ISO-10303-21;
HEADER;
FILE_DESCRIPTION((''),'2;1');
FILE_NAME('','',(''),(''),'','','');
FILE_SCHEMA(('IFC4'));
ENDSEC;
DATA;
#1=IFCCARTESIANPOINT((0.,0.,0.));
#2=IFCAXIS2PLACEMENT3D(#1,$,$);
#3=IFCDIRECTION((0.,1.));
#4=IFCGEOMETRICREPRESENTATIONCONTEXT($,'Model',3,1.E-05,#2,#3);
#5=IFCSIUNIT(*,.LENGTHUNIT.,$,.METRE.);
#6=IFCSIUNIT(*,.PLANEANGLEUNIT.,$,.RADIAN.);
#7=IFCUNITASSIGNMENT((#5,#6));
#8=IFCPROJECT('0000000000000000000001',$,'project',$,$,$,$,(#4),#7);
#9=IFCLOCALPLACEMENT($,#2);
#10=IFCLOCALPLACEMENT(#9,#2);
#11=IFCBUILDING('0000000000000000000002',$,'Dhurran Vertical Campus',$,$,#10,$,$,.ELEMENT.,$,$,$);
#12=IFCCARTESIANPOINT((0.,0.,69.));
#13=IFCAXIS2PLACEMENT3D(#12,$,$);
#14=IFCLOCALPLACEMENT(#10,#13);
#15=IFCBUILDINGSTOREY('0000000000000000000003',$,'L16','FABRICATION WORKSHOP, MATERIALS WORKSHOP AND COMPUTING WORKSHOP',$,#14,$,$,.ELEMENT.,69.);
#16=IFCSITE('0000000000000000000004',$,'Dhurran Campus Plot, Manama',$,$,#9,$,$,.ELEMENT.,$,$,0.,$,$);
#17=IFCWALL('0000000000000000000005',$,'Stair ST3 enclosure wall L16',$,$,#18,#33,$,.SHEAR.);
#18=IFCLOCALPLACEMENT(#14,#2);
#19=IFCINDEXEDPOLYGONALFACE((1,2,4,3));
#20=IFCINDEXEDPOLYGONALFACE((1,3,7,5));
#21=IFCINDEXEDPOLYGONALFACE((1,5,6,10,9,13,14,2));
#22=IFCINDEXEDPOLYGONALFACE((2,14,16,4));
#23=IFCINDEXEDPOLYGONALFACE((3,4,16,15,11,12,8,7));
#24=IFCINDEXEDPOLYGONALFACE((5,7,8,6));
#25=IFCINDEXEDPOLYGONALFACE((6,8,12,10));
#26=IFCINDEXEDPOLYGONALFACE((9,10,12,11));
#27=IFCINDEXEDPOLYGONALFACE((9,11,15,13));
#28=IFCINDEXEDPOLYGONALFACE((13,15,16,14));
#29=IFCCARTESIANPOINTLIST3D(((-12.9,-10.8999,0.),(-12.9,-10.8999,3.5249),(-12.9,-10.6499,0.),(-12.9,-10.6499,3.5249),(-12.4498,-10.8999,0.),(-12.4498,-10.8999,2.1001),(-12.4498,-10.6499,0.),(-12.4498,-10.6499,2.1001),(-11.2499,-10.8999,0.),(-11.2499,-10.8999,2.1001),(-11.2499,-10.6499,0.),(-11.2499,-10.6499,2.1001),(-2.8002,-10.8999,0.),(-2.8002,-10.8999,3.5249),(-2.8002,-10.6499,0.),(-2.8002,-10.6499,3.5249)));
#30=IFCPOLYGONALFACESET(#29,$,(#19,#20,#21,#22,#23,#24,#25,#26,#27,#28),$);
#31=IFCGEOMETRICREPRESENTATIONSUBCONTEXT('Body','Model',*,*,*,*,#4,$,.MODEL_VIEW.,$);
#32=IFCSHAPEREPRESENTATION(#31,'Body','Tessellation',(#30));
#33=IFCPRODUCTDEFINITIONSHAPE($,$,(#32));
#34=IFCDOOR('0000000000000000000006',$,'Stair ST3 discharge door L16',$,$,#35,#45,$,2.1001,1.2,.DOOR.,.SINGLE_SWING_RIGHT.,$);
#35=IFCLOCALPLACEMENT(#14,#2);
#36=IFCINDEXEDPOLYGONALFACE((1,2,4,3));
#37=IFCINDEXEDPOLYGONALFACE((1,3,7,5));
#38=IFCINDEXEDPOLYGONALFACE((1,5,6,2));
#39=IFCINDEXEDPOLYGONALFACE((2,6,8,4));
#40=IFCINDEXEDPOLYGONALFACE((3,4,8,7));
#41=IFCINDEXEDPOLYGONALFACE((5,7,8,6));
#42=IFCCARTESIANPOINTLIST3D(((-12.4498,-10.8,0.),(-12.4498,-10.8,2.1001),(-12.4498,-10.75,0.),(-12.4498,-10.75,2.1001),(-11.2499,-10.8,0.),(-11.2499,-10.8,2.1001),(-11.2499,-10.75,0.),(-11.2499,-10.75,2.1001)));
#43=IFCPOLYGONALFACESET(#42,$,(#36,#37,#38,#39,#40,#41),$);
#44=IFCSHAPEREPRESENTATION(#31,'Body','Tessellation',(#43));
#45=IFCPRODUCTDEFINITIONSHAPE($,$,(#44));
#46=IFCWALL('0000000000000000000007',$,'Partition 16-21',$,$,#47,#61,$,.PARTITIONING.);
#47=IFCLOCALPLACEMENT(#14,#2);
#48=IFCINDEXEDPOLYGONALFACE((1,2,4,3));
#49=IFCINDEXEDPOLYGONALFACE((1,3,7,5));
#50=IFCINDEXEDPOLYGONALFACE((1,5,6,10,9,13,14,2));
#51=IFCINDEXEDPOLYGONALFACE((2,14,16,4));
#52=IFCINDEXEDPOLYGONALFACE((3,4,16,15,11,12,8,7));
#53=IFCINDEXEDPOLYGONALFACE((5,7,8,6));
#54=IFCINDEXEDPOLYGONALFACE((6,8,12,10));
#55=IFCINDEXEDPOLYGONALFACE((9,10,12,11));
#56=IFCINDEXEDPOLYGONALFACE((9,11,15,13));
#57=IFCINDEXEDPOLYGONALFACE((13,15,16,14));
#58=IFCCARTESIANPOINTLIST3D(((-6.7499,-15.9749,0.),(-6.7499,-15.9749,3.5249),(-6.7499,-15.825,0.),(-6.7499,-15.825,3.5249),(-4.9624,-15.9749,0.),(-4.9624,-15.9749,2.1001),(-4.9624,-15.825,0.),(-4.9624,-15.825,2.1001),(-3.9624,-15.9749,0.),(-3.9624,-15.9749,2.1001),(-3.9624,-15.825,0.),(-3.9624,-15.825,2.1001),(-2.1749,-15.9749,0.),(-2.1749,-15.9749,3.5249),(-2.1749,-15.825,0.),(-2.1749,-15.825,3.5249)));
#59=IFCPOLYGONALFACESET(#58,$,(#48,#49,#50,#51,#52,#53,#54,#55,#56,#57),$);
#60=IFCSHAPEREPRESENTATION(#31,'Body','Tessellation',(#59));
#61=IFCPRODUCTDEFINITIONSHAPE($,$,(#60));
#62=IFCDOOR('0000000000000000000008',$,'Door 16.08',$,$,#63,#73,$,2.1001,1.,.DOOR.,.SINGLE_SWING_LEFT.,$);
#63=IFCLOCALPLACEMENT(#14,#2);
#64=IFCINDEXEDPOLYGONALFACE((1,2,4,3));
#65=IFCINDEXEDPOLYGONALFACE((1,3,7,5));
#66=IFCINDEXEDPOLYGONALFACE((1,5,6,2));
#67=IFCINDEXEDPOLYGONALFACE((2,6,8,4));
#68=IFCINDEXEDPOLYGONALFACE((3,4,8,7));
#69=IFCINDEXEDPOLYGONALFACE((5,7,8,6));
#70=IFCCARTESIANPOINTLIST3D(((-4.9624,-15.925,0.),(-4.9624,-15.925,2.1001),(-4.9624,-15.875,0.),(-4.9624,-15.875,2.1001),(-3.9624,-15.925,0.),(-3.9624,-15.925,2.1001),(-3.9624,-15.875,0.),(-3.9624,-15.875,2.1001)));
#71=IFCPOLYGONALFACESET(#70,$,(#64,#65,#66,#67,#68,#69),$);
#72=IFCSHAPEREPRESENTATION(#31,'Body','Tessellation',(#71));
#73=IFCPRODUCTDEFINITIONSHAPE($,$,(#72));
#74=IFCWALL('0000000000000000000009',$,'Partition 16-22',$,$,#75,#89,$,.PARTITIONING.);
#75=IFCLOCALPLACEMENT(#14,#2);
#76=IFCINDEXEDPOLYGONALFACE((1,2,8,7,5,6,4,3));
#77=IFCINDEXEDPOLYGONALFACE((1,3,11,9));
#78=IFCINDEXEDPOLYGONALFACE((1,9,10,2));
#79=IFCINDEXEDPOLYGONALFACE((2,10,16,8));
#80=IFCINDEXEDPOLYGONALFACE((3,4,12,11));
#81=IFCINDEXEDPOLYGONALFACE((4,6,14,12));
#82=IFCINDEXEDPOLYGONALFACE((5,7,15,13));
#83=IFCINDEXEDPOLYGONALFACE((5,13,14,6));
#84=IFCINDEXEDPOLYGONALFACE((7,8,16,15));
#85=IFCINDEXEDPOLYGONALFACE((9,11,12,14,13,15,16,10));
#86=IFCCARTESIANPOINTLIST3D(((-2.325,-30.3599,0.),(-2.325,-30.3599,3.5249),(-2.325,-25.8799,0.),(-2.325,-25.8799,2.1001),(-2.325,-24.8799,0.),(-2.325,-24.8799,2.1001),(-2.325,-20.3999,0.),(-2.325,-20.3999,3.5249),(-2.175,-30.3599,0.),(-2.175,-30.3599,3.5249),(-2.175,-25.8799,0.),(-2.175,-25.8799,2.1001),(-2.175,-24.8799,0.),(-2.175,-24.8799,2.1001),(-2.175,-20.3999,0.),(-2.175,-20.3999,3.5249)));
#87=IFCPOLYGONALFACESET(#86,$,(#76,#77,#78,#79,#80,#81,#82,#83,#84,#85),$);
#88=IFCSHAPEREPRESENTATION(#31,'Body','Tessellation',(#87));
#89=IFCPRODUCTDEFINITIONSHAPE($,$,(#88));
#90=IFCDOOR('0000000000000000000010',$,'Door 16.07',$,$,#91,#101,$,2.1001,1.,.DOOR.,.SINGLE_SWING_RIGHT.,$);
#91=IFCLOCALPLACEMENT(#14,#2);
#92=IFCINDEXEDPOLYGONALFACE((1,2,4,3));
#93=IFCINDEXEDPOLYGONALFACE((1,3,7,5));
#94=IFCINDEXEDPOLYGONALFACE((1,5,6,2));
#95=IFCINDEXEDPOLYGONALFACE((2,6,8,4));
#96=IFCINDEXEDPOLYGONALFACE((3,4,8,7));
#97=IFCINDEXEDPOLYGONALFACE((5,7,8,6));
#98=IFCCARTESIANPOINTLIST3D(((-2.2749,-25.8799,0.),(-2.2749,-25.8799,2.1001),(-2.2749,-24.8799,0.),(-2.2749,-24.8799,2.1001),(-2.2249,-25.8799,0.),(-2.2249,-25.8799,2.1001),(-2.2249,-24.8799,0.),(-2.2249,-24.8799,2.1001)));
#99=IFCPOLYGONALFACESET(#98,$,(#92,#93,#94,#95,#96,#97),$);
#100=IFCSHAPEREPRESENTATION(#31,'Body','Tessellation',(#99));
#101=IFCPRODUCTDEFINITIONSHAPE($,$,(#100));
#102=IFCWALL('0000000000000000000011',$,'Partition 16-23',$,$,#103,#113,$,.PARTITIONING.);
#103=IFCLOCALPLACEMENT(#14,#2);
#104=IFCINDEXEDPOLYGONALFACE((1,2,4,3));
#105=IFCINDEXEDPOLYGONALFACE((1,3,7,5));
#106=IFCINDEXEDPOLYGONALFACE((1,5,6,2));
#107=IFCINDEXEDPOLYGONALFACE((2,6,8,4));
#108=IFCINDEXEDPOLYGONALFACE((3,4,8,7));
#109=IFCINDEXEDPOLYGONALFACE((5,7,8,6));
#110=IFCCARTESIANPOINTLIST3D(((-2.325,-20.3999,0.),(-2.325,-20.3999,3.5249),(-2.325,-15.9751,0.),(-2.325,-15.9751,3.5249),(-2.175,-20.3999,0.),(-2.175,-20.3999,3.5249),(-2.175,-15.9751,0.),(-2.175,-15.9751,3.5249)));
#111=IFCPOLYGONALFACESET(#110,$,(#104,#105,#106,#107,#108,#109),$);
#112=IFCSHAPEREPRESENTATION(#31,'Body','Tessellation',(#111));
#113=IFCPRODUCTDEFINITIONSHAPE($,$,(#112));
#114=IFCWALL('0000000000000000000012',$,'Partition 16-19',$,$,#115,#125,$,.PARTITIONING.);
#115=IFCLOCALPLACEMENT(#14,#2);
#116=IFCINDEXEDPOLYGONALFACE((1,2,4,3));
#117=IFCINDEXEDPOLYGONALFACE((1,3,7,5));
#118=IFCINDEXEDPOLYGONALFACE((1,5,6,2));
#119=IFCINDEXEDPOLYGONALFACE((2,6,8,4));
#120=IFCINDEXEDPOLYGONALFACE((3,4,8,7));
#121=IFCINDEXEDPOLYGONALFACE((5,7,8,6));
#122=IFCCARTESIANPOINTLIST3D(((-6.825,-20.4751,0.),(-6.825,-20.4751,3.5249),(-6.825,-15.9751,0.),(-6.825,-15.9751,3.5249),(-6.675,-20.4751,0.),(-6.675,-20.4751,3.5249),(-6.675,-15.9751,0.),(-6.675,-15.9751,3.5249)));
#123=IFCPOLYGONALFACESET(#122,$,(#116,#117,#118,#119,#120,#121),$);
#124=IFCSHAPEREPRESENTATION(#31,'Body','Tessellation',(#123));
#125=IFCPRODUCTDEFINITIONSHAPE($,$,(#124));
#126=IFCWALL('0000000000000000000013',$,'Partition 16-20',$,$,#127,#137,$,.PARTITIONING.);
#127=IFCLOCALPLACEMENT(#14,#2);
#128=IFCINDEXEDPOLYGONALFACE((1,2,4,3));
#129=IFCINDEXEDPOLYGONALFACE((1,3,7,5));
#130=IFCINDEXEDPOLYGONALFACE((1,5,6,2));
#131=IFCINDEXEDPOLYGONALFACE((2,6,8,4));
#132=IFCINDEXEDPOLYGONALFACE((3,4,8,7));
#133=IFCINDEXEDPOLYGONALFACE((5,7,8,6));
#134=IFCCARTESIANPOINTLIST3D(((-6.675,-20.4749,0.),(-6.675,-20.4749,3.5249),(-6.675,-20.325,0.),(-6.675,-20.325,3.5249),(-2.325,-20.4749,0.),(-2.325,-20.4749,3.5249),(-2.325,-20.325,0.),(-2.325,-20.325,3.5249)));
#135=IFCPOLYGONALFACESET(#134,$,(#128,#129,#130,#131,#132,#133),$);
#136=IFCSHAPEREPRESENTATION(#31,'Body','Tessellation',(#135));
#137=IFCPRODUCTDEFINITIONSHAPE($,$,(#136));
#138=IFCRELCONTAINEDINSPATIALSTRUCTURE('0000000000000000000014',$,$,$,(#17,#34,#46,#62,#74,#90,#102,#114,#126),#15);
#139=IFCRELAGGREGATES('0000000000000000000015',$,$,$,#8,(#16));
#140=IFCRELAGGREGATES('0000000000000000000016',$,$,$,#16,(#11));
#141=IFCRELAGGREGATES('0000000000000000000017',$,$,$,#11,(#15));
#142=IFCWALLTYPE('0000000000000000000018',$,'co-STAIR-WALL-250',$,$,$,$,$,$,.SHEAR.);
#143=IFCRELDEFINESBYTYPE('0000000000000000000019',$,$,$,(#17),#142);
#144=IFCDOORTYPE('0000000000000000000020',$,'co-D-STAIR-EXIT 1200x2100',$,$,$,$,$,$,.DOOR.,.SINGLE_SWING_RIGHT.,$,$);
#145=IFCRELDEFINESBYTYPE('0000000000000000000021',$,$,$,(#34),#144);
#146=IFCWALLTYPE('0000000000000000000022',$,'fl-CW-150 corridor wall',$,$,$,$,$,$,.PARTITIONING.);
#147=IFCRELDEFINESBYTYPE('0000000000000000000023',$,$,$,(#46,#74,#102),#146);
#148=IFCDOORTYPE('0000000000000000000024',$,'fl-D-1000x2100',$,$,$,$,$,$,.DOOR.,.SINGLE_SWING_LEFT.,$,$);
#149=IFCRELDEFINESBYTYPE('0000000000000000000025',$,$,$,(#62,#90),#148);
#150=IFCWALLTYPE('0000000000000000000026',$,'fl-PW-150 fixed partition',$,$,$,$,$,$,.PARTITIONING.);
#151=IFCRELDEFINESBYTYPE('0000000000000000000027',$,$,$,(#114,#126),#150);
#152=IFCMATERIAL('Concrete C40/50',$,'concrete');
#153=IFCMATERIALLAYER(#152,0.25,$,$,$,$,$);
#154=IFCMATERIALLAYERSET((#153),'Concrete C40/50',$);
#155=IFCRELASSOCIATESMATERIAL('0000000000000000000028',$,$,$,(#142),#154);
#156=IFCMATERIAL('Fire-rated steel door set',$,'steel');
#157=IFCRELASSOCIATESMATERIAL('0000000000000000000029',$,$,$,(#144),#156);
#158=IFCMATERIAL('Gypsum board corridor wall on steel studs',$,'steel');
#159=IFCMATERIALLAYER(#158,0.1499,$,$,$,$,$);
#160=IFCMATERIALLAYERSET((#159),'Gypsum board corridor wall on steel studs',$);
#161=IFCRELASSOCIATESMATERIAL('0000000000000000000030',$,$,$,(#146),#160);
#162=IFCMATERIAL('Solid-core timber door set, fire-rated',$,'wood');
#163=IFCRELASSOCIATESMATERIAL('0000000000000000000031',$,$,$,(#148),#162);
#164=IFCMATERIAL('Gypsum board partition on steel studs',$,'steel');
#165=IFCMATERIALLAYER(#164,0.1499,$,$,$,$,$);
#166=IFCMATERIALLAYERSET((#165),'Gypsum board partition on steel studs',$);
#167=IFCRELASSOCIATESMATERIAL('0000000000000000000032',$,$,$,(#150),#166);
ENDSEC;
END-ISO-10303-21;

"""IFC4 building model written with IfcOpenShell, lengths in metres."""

from ifc_helpers import new_model, si_unit, direction, frame, frame_2d, origin, place, context, subcontext, project, spatial, rectangle, extrude, material, layer, layer_set, type_object, element, fill, save


model = new_model("IFC4")

# Units and contexts
model_context = context("Model", 3, precision=1e-05, world=origin(), true_north=direction((0.0, 1.0)))
body_context = subcontext(model_context, "Body", "Model", "MODEL_VIEW")
ifc_project = project(units=[si_unit("LENGTHUNIT", "METRE"), si_unit("PLANEANGLEUNIT", "RADIAN")], contexts=[model_context])

# Site, building, storey
site_placement = place(None, origin())
site = spatial("IfcSite", under=ifc_project, at=site_placement, Name="Dhurran Campus Plot, Manama", CompositionType="ELEMENT", RefElevation=0.0)
building_placement = place(site_placement, origin())
building = spatial("IfcBuilding", under=site, at=building_placement, Name="Dhurran Vertical Campus", CompositionType="ELEMENT")
storey_placement = place(building_placement, frame((0.0, 0.0, 69.0)))
storey = spatial("IfcBuildingStorey", under=building, at=storey_placement, Name="L16", Description="FABRICATION WORKSHOP, MATERIALS WORKSHOP AND COMPUTING WORKSHOP", CompositionType="ELEMENT", Elevation=69.0)

# Walls, openings, doors
ifc_material_1 = material(Name="Concrete C40/50", Category="concrete")
ifc_layer_1 = layer(ifc_material_1, 0.25)
ifc_layer_set_1 = layer_set([ifc_layer_1], Name="Concrete C40/50")
wall_type_1 = type_object("IfcWallType", Name="co-STAIR-WALL-250", PredefinedType="SHEAR", material=ifc_layer_set_1)
wall_1_placement = place(storey_placement, frame((-12.8999, -10.7749, 0.0), z_axis=(0.0, 0.0, 1.0), x_axis=(1.0, 0.0, 0.0)))
wall_1 = element("IfcWall", 1, at=wall_1_placement, inside=storey, type_object=wall_type_1, Name="Stair ST3 enclosure wall L16", PredefinedType="SHEAR", context=body_context, shape_type="SweptSolid", body=[
    extrude(rectangle(XDim=10.0999, YDim=0.25, at=frame_2d((5.0498, 0.0))), origin(), (0.0, 0.0, 1.0), 3.5249),
])
opening_1_placement = place(wall_1_placement, frame((0.45, 0.0, 0.0)))
opening_1 = element("IfcOpeningElement", 2, at=opening_1_placement, cuts=wall_1, PredefinedType="OPENING", context=body_context, shape_type="SweptSolid", body=[
    extrude(rectangle(XDim=1.2, YDim=2.1001, at=frame_2d((0.6001, 1.05))), frame((0.0, 0.135, 0.0), z_axis=(0.0, -1.0, 0.0), x_axis=(1.0, 0.0, 0.0)), (0.0, 0.0, 1.0), 0.27),
])
ifc_material_2 = material(Name="Fire-rated steel door set", Category="steel")
door_type_1 = type_object("IfcDoorType", Name="co-D-STAIR-EXIT 1200x2100", OperationType="SINGLE_SWING_RIGHT", PredefinedType="DOOR", material=ifc_material_2)
door_1_placement = place(opening_1_placement, origin())
door_1 = element("IfcDoor", 3, at=door_1_placement, inside=storey, type_object=door_type_1, Name="Stair ST3 discharge door L16", OperationType="SINGLE_SWING_RIGHT", OverallHeight=2.1001, OverallWidth=1.2, PredefinedType="DOOR", context=body_context, shape_type="SweptSolid", body=[
    extrude(rectangle(XDim=1.2, YDim=2.1001, at=frame_2d((0.6001, 1.05))), frame((0.0, 0.0249, 0.0), z_axis=(0.0, -1.0, 0.0), x_axis=(1.0, 0.0, 0.0)), (0.0, 0.0, 1.0), 0.05),
])
fill(opening_1, door_1)
ifc_material_3 = material(Name="Gypsum board corridor wall on steel studs", Category="steel")
ifc_layer_2 = layer(ifc_material_3, 0.1499)
ifc_layer_set_2 = layer_set([ifc_layer_2], Name="Gypsum board corridor wall on steel studs")
wall_type_2 = type_object("IfcWallType", Name="fl-CW-150 corridor wall", PredefinedType="PARTITIONING", material=ifc_layer_set_2)
wall_2_placement = place(storey_placement, frame((-6.75, -15.8999, 0.0), z_axis=(0.0, 0.0, 1.0), x_axis=(1.0, 0.0, 0.0)))
wall_2 = element("IfcWall", 4, at=wall_2_placement, inside=storey, type_object=wall_type_2, Name="Partition 16-21", PredefinedType="PARTITIONING", context=body_context, shape_type="SweptSolid", body=[
    extrude(rectangle(XDim=4.575, YDim=0.1499, at=frame_2d((2.2876, 0.0))), origin(), (0.0, 0.0, 1.0), 3.5249),
])
opening_2_placement = place(wall_2_placement, frame((1.7876, 0.0, 0.0)))
opening_2 = element("IfcOpeningElement", 5, at=opening_2_placement, cuts=wall_2, PredefinedType="OPENING", context=body_context, shape_type="SweptSolid", body=[
    extrude(rectangle(XDim=1.0, YDim=2.1001, at=frame_2d((0.5, 1.05))), frame((0.0, 0.085, 0.0), z_axis=(0.0, -1.0, 0.0), x_axis=(1.0, 0.0, 0.0)), (0.0, 0.0, 1.0), 0.1699),
])
ifc_material_4 = material(Name="Solid-core timber door set, fire-rated", Category="wood")
door_type_2 = type_object("IfcDoorType", Name="fl-D-1000x2100", OperationType="SINGLE_SWING_LEFT", PredefinedType="DOOR", material=ifc_material_4)
door_2_placement = place(opening_2_placement, origin())
door_2 = element("IfcDoor", 6, at=door_2_placement, inside=storey, type_object=door_type_2, Name="Door 16.08", OperationType="SINGLE_SWING_LEFT", OverallHeight=2.1001, OverallWidth=1.0, PredefinedType="DOOR", context=body_context, shape_type="SweptSolid", body=[
    extrude(rectangle(XDim=1.0, YDim=2.1001, at=frame_2d((0.5, 1.05))), frame((0.0, 0.0249, 0.0), z_axis=(0.0, -1.0, 0.0), x_axis=(1.0, 0.0, 0.0)), (0.0, 0.0, 1.0), 0.05),
])
fill(opening_2, door_2)
wall_3_placement = place(storey_placement, frame((-2.25, -30.3599, 0.0), z_axis=(0.0, 0.0, 1.0), x_axis=(0.0, 1.0, 0.0)))
wall_3 = element("IfcWall", 7, at=wall_3_placement, inside=storey, type_object=wall_type_2, Name="Partition 16-22", PredefinedType="PARTITIONING", context=body_context, shape_type="SweptSolid", body=[
    extrude(rectangle(XDim=9.96, YDim=0.1499, at=frame_2d((4.98, 0.0))), origin(), (0.0, 0.0, 1.0), 3.5249),
])
opening_3_placement = place(wall_3_placement, frame((4.48, 0.0, 0.0)))
opening_3 = element("IfcOpeningElement", 8, at=opening_3_placement, cuts=wall_3, PredefinedType="OPENING", context=body_context, shape_type="SweptSolid", body=[
    extrude(rectangle(XDim=1.0, YDim=2.1001, at=frame_2d((0.5, 1.05))), frame((0.0, 0.085, 0.0), z_axis=(0.0, -1.0, 0.0), x_axis=(1.0, 0.0, 0.0)), (0.0, 0.0, 1.0), 0.1699),
])
door_3_placement = place(opening_3_placement, origin())
door_3 = element("IfcDoor", 9, at=door_3_placement, inside=storey, type_object=door_type_2, Name="Door 16.07", OperationType="SINGLE_SWING_RIGHT", OverallHeight=2.1001, OverallWidth=1.0, PredefinedType="DOOR", context=body_context, shape_type="SweptSolid", body=[
    extrude(rectangle(XDim=1.0, YDim=2.1001, at=frame_2d((0.5, 1.05))), frame((0.0, 0.0249, 0.0), z_axis=(0.0, -1.0, 0.0), x_axis=(1.0, 0.0, 0.0)), (0.0, 0.0, 1.0), 0.05),
])
fill(opening_3, door_3)

# Walls
wall_4_placement = place(storey_placement, frame((-2.25, -20.3999, 0.0), z_axis=(0.0, 0.0, 1.0), x_axis=(0.0, 1.0, 0.0)))
element("IfcWall", 10, at=wall_4_placement, inside=storey, type_object=wall_type_2, Name="Partition 16-23", PredefinedType="PARTITIONING", context=body_context, shape_type="SweptSolid", body=[
    extrude(rectangle(XDim=4.4248, YDim=0.1499, at=frame_2d((2.2124, 0.0))), origin(), (0.0, 0.0, 1.0), 3.5249),
])
ifc_material_5 = material(Name="Gypsum board partition on steel studs", Category="steel")
ifc_layer_3 = layer(ifc_material_5, 0.1499)
ifc_layer_set_3 = layer_set([ifc_layer_3], Name="Gypsum board partition on steel studs")
wall_type_3 = type_object("IfcWallType", Name="fl-PW-150 fixed partition", PredefinedType="PARTITIONING", material=ifc_layer_set_3)
wall_5_placement = place(storey_placement, frame((-6.75, -15.9751, 0.0), z_axis=(0.0, 0.0, 1.0), x_axis=(0.0, -1.0, 0.0)))
element("IfcWall", 11, at=wall_5_placement, inside=storey, type_object=wall_type_3, Name="Partition 16-19", PredefinedType="PARTITIONING", context=body_context, shape_type="SweptSolid", body=[
    extrude(rectangle(XDim=4.5, YDim=0.1499, at=frame_2d((2.25, 0.0))), origin(), (0.0, 0.0, 1.0), 3.5249),
])
wall_6_placement = place(storey_placement, frame((-6.675, -20.3999, 0.0), z_axis=(0.0, 0.0, 1.0), x_axis=(1.0, 0.0, 0.0)))
element("IfcWall", 12, at=wall_6_placement, inside=storey, type_object=wall_type_3, Name="Partition 16-20", PredefinedType="PARTITIONING", context=body_context, shape_type="SweptSolid", body=[
    extrude(rectangle(XDim=4.3501, YDim=0.1499, at=frame_2d((2.175, 0.0))), origin(), (0.0, 0.0, 1.0), 3.5249),
])

save(model, "model.ifc")
